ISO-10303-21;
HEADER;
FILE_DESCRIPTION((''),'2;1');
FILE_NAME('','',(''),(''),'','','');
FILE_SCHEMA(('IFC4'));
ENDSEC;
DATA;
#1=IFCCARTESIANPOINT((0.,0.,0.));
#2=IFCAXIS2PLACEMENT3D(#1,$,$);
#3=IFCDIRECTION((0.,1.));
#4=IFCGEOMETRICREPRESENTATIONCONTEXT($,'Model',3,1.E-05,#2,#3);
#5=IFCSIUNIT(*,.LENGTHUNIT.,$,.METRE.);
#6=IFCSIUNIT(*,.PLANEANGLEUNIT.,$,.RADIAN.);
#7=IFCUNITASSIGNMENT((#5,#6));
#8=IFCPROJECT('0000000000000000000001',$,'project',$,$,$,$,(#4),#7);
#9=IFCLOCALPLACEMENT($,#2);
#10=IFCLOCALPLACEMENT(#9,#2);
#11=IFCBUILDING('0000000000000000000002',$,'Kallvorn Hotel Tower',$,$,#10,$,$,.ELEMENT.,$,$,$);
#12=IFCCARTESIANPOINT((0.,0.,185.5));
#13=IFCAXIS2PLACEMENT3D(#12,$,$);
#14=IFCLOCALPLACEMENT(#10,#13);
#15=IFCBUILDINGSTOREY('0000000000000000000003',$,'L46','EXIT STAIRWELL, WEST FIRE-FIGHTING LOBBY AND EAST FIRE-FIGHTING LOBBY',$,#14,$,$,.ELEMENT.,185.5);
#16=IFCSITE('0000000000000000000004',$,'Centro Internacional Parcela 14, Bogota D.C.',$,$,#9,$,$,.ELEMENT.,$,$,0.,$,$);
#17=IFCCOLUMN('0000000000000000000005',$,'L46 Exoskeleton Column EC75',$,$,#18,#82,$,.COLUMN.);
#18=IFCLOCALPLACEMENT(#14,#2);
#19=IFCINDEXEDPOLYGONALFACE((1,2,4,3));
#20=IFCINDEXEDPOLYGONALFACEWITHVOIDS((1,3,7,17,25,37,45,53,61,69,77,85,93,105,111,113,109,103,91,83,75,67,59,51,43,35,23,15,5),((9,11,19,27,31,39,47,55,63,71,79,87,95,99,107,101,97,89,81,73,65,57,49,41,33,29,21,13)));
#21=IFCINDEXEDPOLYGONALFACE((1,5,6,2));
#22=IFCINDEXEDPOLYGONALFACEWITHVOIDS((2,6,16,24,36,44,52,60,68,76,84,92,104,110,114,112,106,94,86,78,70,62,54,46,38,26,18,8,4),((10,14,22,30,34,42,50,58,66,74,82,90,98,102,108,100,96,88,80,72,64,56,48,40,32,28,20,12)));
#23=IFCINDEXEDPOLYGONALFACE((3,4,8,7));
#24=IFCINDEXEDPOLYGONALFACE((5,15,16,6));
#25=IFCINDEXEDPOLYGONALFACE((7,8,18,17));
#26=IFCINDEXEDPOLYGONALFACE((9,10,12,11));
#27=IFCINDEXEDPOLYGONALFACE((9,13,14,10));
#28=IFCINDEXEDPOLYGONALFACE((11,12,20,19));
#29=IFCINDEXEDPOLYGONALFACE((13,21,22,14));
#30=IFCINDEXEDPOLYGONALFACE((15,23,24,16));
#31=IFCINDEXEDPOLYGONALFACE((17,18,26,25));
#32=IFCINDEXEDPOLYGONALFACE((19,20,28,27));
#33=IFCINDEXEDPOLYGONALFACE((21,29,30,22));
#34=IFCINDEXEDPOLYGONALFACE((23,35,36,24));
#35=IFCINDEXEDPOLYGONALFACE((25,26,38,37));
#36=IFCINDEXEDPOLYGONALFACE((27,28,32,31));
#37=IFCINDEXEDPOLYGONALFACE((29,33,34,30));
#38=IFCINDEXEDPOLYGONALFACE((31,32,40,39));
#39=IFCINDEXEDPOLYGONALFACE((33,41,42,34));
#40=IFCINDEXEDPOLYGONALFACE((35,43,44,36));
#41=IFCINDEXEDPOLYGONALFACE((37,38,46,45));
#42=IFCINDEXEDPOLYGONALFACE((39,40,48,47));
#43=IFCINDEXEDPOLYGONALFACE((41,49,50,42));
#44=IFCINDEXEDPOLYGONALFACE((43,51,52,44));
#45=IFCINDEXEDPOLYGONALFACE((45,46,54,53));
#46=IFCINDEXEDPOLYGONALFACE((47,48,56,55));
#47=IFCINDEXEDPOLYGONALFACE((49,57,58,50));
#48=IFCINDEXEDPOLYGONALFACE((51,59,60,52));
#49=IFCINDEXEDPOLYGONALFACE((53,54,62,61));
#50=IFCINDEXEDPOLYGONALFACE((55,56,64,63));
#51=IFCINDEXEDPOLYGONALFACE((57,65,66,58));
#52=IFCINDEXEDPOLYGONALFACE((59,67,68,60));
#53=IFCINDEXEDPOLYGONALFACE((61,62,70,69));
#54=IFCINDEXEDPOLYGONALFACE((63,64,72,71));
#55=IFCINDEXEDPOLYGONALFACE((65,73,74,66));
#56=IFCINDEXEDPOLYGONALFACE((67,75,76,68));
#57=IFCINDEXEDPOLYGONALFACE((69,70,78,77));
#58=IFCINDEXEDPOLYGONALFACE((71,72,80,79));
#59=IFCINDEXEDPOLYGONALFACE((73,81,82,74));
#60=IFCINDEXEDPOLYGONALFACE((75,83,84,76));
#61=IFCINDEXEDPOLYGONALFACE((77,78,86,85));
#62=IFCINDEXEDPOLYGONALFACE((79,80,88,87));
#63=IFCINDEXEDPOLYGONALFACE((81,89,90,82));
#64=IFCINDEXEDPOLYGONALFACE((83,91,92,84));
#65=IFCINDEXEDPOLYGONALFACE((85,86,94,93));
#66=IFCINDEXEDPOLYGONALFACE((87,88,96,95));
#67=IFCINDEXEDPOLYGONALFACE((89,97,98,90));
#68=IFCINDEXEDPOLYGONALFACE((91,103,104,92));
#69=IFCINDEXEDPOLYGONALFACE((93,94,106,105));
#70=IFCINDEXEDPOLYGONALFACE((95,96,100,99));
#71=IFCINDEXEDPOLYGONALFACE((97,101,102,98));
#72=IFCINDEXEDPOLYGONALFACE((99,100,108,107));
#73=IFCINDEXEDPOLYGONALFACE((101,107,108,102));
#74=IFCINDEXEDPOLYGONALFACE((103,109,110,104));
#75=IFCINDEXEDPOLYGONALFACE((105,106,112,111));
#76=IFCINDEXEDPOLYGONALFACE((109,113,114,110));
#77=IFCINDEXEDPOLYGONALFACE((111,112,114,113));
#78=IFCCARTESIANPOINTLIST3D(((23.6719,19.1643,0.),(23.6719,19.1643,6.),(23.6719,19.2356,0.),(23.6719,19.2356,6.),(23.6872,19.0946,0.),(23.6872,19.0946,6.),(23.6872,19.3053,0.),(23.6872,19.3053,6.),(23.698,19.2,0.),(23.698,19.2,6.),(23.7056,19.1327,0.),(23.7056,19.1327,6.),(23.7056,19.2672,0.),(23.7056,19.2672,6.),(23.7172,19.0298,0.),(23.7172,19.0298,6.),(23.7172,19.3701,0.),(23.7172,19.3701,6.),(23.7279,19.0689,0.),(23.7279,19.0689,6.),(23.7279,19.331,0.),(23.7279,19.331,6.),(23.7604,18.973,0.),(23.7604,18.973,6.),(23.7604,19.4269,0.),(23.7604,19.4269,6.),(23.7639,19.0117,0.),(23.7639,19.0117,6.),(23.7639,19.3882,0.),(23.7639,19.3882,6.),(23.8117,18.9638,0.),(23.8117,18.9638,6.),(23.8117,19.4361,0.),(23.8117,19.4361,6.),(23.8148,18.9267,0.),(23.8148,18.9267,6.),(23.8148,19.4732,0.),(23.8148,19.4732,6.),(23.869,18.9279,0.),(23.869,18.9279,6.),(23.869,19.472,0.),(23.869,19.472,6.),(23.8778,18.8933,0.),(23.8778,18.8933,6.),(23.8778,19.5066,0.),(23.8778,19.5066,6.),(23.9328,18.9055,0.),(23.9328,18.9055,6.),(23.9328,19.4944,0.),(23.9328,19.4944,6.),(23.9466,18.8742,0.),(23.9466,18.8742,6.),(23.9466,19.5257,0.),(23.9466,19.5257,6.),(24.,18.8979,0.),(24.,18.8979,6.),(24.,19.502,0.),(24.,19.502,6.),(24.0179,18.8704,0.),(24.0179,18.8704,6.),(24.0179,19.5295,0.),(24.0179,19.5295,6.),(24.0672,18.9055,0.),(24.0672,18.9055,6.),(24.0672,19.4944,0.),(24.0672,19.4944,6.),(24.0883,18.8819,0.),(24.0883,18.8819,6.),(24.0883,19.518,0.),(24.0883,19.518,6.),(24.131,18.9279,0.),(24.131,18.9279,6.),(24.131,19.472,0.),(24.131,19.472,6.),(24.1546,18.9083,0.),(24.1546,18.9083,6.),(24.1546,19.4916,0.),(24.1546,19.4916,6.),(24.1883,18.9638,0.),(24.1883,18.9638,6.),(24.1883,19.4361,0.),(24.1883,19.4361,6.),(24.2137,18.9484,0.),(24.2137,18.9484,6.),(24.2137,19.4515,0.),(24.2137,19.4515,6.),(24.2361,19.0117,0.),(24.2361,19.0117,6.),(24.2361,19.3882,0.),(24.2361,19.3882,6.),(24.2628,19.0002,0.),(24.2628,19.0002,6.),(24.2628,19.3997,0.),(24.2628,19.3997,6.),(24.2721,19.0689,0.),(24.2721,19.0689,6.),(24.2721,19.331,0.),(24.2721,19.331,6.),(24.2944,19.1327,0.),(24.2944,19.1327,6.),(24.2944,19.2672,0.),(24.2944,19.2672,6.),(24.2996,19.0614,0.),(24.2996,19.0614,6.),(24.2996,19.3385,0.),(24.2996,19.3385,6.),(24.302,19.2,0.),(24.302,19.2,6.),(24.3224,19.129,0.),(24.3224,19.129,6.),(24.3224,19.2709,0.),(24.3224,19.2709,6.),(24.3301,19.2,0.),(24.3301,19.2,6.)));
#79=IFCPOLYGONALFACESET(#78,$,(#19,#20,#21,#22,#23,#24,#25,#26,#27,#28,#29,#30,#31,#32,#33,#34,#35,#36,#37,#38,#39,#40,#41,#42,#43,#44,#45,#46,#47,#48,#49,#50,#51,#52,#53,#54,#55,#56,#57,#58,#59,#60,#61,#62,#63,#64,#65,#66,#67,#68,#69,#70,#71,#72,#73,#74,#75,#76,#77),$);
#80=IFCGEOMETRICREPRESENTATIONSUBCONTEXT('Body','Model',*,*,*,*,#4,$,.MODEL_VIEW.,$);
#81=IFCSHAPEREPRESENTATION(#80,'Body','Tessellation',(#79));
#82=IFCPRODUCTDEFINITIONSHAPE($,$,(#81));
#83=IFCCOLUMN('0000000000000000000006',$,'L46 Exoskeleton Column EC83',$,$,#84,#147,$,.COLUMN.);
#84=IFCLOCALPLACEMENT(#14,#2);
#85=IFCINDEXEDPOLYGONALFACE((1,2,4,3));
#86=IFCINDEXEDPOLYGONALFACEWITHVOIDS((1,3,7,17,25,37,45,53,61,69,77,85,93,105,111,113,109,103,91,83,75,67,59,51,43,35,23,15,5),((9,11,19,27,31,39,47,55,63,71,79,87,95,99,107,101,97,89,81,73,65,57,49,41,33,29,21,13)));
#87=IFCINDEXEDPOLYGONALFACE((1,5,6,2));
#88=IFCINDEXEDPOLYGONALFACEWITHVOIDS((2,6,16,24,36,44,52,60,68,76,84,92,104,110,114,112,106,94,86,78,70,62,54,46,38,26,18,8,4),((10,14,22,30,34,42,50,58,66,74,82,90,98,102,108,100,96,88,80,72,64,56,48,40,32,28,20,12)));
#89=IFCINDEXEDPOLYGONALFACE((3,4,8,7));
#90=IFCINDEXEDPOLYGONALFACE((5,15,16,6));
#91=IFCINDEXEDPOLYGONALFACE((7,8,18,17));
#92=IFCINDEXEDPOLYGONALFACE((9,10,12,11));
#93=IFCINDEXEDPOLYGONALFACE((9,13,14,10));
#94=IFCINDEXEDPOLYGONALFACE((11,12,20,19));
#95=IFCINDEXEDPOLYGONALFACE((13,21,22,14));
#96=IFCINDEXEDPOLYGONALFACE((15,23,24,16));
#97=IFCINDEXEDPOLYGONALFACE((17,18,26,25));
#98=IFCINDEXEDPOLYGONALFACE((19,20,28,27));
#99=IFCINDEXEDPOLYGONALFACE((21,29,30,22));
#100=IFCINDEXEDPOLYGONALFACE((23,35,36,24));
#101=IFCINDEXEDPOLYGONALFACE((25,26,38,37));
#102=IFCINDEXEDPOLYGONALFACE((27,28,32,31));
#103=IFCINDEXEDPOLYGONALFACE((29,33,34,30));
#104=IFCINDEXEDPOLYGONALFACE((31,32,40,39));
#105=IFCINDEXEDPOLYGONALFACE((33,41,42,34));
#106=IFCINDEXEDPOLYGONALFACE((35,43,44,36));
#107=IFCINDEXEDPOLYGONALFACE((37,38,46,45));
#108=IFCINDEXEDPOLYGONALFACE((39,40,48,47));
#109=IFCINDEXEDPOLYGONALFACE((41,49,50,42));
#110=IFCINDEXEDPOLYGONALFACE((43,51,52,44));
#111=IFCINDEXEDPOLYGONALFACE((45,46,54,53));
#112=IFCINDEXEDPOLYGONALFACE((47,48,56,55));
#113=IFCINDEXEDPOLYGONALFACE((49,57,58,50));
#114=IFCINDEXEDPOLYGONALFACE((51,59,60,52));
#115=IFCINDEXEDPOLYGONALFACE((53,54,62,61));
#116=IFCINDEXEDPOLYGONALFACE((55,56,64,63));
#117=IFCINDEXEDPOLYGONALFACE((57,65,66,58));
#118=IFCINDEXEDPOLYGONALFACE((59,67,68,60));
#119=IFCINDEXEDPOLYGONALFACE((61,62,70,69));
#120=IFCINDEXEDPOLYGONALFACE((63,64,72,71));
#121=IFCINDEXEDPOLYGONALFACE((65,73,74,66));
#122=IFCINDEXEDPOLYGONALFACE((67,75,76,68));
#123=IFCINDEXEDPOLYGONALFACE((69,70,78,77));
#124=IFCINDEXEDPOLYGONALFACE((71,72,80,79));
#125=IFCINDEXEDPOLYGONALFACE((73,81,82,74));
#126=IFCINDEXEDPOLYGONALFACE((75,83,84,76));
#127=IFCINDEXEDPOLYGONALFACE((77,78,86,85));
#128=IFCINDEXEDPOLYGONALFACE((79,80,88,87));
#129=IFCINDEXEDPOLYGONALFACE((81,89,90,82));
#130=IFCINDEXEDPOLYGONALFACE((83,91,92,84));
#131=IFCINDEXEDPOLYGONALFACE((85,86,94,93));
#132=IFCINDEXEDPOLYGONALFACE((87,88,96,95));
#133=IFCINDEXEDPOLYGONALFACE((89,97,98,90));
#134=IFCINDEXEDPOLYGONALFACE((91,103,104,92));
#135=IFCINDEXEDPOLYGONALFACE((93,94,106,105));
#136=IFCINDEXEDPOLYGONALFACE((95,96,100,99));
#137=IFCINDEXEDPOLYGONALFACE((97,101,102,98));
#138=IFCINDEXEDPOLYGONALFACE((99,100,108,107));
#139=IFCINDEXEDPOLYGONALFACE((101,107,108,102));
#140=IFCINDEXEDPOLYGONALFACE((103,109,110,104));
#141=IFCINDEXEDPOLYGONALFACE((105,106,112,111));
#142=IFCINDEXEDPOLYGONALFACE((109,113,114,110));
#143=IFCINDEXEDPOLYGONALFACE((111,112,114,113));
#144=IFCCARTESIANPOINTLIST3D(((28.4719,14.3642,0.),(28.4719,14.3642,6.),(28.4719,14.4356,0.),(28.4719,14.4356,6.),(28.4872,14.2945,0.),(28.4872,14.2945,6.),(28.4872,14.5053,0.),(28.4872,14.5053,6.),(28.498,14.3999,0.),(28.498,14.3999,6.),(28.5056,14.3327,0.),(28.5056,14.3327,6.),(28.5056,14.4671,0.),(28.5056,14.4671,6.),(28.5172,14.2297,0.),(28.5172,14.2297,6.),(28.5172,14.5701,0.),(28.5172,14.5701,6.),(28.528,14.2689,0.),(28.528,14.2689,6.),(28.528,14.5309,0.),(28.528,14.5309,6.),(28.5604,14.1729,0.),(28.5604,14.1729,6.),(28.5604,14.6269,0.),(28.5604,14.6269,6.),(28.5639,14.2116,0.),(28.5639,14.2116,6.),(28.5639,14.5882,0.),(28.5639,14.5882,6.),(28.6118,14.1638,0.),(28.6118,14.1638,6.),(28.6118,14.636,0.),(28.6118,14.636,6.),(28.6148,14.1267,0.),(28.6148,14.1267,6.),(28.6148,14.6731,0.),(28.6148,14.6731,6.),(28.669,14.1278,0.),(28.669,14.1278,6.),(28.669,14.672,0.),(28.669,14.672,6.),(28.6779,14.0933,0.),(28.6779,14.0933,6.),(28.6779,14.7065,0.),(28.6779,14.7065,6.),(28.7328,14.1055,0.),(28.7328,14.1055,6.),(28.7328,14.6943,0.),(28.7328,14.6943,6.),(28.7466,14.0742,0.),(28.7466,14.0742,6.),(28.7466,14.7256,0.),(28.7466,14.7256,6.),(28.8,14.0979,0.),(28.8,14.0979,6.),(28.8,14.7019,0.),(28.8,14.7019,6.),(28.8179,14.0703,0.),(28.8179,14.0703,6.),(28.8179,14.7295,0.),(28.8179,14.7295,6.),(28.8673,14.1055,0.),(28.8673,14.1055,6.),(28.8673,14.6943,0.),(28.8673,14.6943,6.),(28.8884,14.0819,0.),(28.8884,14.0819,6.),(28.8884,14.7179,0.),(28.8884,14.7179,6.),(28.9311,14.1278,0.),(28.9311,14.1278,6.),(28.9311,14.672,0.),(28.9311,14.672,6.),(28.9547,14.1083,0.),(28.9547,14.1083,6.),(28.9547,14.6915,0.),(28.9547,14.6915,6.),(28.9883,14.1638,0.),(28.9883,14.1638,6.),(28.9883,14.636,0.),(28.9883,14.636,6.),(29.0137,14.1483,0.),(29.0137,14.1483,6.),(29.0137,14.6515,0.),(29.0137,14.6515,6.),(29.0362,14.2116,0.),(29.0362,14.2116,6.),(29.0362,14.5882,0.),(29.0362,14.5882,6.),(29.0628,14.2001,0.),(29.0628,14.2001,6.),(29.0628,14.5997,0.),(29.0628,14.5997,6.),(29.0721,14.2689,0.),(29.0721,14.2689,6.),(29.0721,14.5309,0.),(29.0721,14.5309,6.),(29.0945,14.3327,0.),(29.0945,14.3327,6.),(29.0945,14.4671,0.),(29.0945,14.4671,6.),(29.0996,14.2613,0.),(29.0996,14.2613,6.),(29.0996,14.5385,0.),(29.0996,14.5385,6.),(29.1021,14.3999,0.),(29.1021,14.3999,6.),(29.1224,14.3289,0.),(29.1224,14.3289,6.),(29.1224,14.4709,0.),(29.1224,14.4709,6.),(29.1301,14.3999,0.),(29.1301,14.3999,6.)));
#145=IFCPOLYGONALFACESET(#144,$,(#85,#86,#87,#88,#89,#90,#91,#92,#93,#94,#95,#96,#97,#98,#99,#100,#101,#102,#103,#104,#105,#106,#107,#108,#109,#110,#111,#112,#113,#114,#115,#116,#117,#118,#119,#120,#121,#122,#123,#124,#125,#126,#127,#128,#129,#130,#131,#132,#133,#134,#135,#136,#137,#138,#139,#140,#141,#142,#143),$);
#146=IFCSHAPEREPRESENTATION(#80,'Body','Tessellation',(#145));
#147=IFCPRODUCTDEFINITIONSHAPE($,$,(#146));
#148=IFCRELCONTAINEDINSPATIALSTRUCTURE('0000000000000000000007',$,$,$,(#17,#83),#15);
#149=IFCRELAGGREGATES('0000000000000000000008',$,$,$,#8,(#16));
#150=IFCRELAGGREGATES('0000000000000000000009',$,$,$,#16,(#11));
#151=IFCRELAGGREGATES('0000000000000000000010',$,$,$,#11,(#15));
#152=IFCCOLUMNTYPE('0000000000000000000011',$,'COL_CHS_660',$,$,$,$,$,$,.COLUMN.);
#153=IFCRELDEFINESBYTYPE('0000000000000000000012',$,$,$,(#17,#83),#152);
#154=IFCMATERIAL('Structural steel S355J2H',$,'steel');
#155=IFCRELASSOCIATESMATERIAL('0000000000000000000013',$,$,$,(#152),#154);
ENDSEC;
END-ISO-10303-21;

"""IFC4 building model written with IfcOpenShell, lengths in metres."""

from ifc_helpers import new_model, si_unit, direction, frame, origin, origin_2d, place, context, subcontext, project, spatial, hollow_circle, extrude, material, material_profile, profile_set, type_object, element, save


model = new_model("IFC4")

# Units and contexts
model_context = context("Model", 3, precision=1e-05, world=origin(), true_north=direction((0.0, 1.0)))
body_context = subcontext(model_context, "Body", "Model", "MODEL_VIEW")
ifc_project = project(units=[si_unit("LENGTHUNIT", "METRE"), si_unit("PLANEANGLEUNIT", "RADIAN")], contexts=[model_context])

# Site, building, storey
site_placement = place(None, origin())
site = spatial("IfcSite", under=ifc_project, at=site_placement, Name="Centro Internacional Parcela 14, Bogota D.C.", CompositionType="ELEMENT", RefElevation=0.0)
building_placement = place(site_placement, origin())
building = spatial("IfcBuilding", under=site, at=building_placement, Name="Kallvorn Hotel Tower", CompositionType="ELEMENT")
storey_placement = place(building_placement, frame((0.0, 0.0, 185.5)))
storey = spatial("IfcBuildingStorey", under=building, at=storey_placement, Name="L46", Description="EXIT STAIRWELL, WEST FIRE-FIGHTING LOBBY AND EAST FIRE-FIGHTING LOBBY", CompositionType="ELEMENT", Elevation=185.5)

# Columns
ifc_material_1 = material(Name="Structural steel S355J2H", Category="steel")
ifc_material_profile_1 = material_profile(ifc_material_1, hollow_circle(Radius=0.3301, WallThickness=0.0281, at=origin_2d()), Name="CHS 660x28")
ifc_profile_set_1 = profile_set([ifc_material_profile_1], Name="Structural steel S355J2H")
column_type_1 = type_object("IfcColumnType", Name="COL_CHS_660", PredefinedType="COLUMN", material=ifc_profile_set_1)
for number, where, z_axis, x_axis, name in (
    (1, (24.0, 19.2, 0.0), (0.0, 0.0, 1.0), (1.0, 0.0, 0.0), "L46 Exoskeleton Column EC75"),
    (2, (28.8, 14.3999, 0.0), (0.0, 0.0, 1.0), (1.0, 0.0, 0.0), "L46 Exoskeleton Column EC83"),
):
    element("IfcColumn", number, at=place(storey_placement, frame(where, z_axis=z_axis, x_axis=x_axis)), inside=storey, type_object=column_type_1, Name=name, PredefinedType="COLUMN", context=body_context, shape_type="SweptSolid", body=[
        extrude(hollow_circle(Radius=0.3301, WallThickness=0.0281, at=origin_2d()), origin(), (0.0, 0.0, 1.0), 6.0),
    ])

save(model, "model.ifc")
